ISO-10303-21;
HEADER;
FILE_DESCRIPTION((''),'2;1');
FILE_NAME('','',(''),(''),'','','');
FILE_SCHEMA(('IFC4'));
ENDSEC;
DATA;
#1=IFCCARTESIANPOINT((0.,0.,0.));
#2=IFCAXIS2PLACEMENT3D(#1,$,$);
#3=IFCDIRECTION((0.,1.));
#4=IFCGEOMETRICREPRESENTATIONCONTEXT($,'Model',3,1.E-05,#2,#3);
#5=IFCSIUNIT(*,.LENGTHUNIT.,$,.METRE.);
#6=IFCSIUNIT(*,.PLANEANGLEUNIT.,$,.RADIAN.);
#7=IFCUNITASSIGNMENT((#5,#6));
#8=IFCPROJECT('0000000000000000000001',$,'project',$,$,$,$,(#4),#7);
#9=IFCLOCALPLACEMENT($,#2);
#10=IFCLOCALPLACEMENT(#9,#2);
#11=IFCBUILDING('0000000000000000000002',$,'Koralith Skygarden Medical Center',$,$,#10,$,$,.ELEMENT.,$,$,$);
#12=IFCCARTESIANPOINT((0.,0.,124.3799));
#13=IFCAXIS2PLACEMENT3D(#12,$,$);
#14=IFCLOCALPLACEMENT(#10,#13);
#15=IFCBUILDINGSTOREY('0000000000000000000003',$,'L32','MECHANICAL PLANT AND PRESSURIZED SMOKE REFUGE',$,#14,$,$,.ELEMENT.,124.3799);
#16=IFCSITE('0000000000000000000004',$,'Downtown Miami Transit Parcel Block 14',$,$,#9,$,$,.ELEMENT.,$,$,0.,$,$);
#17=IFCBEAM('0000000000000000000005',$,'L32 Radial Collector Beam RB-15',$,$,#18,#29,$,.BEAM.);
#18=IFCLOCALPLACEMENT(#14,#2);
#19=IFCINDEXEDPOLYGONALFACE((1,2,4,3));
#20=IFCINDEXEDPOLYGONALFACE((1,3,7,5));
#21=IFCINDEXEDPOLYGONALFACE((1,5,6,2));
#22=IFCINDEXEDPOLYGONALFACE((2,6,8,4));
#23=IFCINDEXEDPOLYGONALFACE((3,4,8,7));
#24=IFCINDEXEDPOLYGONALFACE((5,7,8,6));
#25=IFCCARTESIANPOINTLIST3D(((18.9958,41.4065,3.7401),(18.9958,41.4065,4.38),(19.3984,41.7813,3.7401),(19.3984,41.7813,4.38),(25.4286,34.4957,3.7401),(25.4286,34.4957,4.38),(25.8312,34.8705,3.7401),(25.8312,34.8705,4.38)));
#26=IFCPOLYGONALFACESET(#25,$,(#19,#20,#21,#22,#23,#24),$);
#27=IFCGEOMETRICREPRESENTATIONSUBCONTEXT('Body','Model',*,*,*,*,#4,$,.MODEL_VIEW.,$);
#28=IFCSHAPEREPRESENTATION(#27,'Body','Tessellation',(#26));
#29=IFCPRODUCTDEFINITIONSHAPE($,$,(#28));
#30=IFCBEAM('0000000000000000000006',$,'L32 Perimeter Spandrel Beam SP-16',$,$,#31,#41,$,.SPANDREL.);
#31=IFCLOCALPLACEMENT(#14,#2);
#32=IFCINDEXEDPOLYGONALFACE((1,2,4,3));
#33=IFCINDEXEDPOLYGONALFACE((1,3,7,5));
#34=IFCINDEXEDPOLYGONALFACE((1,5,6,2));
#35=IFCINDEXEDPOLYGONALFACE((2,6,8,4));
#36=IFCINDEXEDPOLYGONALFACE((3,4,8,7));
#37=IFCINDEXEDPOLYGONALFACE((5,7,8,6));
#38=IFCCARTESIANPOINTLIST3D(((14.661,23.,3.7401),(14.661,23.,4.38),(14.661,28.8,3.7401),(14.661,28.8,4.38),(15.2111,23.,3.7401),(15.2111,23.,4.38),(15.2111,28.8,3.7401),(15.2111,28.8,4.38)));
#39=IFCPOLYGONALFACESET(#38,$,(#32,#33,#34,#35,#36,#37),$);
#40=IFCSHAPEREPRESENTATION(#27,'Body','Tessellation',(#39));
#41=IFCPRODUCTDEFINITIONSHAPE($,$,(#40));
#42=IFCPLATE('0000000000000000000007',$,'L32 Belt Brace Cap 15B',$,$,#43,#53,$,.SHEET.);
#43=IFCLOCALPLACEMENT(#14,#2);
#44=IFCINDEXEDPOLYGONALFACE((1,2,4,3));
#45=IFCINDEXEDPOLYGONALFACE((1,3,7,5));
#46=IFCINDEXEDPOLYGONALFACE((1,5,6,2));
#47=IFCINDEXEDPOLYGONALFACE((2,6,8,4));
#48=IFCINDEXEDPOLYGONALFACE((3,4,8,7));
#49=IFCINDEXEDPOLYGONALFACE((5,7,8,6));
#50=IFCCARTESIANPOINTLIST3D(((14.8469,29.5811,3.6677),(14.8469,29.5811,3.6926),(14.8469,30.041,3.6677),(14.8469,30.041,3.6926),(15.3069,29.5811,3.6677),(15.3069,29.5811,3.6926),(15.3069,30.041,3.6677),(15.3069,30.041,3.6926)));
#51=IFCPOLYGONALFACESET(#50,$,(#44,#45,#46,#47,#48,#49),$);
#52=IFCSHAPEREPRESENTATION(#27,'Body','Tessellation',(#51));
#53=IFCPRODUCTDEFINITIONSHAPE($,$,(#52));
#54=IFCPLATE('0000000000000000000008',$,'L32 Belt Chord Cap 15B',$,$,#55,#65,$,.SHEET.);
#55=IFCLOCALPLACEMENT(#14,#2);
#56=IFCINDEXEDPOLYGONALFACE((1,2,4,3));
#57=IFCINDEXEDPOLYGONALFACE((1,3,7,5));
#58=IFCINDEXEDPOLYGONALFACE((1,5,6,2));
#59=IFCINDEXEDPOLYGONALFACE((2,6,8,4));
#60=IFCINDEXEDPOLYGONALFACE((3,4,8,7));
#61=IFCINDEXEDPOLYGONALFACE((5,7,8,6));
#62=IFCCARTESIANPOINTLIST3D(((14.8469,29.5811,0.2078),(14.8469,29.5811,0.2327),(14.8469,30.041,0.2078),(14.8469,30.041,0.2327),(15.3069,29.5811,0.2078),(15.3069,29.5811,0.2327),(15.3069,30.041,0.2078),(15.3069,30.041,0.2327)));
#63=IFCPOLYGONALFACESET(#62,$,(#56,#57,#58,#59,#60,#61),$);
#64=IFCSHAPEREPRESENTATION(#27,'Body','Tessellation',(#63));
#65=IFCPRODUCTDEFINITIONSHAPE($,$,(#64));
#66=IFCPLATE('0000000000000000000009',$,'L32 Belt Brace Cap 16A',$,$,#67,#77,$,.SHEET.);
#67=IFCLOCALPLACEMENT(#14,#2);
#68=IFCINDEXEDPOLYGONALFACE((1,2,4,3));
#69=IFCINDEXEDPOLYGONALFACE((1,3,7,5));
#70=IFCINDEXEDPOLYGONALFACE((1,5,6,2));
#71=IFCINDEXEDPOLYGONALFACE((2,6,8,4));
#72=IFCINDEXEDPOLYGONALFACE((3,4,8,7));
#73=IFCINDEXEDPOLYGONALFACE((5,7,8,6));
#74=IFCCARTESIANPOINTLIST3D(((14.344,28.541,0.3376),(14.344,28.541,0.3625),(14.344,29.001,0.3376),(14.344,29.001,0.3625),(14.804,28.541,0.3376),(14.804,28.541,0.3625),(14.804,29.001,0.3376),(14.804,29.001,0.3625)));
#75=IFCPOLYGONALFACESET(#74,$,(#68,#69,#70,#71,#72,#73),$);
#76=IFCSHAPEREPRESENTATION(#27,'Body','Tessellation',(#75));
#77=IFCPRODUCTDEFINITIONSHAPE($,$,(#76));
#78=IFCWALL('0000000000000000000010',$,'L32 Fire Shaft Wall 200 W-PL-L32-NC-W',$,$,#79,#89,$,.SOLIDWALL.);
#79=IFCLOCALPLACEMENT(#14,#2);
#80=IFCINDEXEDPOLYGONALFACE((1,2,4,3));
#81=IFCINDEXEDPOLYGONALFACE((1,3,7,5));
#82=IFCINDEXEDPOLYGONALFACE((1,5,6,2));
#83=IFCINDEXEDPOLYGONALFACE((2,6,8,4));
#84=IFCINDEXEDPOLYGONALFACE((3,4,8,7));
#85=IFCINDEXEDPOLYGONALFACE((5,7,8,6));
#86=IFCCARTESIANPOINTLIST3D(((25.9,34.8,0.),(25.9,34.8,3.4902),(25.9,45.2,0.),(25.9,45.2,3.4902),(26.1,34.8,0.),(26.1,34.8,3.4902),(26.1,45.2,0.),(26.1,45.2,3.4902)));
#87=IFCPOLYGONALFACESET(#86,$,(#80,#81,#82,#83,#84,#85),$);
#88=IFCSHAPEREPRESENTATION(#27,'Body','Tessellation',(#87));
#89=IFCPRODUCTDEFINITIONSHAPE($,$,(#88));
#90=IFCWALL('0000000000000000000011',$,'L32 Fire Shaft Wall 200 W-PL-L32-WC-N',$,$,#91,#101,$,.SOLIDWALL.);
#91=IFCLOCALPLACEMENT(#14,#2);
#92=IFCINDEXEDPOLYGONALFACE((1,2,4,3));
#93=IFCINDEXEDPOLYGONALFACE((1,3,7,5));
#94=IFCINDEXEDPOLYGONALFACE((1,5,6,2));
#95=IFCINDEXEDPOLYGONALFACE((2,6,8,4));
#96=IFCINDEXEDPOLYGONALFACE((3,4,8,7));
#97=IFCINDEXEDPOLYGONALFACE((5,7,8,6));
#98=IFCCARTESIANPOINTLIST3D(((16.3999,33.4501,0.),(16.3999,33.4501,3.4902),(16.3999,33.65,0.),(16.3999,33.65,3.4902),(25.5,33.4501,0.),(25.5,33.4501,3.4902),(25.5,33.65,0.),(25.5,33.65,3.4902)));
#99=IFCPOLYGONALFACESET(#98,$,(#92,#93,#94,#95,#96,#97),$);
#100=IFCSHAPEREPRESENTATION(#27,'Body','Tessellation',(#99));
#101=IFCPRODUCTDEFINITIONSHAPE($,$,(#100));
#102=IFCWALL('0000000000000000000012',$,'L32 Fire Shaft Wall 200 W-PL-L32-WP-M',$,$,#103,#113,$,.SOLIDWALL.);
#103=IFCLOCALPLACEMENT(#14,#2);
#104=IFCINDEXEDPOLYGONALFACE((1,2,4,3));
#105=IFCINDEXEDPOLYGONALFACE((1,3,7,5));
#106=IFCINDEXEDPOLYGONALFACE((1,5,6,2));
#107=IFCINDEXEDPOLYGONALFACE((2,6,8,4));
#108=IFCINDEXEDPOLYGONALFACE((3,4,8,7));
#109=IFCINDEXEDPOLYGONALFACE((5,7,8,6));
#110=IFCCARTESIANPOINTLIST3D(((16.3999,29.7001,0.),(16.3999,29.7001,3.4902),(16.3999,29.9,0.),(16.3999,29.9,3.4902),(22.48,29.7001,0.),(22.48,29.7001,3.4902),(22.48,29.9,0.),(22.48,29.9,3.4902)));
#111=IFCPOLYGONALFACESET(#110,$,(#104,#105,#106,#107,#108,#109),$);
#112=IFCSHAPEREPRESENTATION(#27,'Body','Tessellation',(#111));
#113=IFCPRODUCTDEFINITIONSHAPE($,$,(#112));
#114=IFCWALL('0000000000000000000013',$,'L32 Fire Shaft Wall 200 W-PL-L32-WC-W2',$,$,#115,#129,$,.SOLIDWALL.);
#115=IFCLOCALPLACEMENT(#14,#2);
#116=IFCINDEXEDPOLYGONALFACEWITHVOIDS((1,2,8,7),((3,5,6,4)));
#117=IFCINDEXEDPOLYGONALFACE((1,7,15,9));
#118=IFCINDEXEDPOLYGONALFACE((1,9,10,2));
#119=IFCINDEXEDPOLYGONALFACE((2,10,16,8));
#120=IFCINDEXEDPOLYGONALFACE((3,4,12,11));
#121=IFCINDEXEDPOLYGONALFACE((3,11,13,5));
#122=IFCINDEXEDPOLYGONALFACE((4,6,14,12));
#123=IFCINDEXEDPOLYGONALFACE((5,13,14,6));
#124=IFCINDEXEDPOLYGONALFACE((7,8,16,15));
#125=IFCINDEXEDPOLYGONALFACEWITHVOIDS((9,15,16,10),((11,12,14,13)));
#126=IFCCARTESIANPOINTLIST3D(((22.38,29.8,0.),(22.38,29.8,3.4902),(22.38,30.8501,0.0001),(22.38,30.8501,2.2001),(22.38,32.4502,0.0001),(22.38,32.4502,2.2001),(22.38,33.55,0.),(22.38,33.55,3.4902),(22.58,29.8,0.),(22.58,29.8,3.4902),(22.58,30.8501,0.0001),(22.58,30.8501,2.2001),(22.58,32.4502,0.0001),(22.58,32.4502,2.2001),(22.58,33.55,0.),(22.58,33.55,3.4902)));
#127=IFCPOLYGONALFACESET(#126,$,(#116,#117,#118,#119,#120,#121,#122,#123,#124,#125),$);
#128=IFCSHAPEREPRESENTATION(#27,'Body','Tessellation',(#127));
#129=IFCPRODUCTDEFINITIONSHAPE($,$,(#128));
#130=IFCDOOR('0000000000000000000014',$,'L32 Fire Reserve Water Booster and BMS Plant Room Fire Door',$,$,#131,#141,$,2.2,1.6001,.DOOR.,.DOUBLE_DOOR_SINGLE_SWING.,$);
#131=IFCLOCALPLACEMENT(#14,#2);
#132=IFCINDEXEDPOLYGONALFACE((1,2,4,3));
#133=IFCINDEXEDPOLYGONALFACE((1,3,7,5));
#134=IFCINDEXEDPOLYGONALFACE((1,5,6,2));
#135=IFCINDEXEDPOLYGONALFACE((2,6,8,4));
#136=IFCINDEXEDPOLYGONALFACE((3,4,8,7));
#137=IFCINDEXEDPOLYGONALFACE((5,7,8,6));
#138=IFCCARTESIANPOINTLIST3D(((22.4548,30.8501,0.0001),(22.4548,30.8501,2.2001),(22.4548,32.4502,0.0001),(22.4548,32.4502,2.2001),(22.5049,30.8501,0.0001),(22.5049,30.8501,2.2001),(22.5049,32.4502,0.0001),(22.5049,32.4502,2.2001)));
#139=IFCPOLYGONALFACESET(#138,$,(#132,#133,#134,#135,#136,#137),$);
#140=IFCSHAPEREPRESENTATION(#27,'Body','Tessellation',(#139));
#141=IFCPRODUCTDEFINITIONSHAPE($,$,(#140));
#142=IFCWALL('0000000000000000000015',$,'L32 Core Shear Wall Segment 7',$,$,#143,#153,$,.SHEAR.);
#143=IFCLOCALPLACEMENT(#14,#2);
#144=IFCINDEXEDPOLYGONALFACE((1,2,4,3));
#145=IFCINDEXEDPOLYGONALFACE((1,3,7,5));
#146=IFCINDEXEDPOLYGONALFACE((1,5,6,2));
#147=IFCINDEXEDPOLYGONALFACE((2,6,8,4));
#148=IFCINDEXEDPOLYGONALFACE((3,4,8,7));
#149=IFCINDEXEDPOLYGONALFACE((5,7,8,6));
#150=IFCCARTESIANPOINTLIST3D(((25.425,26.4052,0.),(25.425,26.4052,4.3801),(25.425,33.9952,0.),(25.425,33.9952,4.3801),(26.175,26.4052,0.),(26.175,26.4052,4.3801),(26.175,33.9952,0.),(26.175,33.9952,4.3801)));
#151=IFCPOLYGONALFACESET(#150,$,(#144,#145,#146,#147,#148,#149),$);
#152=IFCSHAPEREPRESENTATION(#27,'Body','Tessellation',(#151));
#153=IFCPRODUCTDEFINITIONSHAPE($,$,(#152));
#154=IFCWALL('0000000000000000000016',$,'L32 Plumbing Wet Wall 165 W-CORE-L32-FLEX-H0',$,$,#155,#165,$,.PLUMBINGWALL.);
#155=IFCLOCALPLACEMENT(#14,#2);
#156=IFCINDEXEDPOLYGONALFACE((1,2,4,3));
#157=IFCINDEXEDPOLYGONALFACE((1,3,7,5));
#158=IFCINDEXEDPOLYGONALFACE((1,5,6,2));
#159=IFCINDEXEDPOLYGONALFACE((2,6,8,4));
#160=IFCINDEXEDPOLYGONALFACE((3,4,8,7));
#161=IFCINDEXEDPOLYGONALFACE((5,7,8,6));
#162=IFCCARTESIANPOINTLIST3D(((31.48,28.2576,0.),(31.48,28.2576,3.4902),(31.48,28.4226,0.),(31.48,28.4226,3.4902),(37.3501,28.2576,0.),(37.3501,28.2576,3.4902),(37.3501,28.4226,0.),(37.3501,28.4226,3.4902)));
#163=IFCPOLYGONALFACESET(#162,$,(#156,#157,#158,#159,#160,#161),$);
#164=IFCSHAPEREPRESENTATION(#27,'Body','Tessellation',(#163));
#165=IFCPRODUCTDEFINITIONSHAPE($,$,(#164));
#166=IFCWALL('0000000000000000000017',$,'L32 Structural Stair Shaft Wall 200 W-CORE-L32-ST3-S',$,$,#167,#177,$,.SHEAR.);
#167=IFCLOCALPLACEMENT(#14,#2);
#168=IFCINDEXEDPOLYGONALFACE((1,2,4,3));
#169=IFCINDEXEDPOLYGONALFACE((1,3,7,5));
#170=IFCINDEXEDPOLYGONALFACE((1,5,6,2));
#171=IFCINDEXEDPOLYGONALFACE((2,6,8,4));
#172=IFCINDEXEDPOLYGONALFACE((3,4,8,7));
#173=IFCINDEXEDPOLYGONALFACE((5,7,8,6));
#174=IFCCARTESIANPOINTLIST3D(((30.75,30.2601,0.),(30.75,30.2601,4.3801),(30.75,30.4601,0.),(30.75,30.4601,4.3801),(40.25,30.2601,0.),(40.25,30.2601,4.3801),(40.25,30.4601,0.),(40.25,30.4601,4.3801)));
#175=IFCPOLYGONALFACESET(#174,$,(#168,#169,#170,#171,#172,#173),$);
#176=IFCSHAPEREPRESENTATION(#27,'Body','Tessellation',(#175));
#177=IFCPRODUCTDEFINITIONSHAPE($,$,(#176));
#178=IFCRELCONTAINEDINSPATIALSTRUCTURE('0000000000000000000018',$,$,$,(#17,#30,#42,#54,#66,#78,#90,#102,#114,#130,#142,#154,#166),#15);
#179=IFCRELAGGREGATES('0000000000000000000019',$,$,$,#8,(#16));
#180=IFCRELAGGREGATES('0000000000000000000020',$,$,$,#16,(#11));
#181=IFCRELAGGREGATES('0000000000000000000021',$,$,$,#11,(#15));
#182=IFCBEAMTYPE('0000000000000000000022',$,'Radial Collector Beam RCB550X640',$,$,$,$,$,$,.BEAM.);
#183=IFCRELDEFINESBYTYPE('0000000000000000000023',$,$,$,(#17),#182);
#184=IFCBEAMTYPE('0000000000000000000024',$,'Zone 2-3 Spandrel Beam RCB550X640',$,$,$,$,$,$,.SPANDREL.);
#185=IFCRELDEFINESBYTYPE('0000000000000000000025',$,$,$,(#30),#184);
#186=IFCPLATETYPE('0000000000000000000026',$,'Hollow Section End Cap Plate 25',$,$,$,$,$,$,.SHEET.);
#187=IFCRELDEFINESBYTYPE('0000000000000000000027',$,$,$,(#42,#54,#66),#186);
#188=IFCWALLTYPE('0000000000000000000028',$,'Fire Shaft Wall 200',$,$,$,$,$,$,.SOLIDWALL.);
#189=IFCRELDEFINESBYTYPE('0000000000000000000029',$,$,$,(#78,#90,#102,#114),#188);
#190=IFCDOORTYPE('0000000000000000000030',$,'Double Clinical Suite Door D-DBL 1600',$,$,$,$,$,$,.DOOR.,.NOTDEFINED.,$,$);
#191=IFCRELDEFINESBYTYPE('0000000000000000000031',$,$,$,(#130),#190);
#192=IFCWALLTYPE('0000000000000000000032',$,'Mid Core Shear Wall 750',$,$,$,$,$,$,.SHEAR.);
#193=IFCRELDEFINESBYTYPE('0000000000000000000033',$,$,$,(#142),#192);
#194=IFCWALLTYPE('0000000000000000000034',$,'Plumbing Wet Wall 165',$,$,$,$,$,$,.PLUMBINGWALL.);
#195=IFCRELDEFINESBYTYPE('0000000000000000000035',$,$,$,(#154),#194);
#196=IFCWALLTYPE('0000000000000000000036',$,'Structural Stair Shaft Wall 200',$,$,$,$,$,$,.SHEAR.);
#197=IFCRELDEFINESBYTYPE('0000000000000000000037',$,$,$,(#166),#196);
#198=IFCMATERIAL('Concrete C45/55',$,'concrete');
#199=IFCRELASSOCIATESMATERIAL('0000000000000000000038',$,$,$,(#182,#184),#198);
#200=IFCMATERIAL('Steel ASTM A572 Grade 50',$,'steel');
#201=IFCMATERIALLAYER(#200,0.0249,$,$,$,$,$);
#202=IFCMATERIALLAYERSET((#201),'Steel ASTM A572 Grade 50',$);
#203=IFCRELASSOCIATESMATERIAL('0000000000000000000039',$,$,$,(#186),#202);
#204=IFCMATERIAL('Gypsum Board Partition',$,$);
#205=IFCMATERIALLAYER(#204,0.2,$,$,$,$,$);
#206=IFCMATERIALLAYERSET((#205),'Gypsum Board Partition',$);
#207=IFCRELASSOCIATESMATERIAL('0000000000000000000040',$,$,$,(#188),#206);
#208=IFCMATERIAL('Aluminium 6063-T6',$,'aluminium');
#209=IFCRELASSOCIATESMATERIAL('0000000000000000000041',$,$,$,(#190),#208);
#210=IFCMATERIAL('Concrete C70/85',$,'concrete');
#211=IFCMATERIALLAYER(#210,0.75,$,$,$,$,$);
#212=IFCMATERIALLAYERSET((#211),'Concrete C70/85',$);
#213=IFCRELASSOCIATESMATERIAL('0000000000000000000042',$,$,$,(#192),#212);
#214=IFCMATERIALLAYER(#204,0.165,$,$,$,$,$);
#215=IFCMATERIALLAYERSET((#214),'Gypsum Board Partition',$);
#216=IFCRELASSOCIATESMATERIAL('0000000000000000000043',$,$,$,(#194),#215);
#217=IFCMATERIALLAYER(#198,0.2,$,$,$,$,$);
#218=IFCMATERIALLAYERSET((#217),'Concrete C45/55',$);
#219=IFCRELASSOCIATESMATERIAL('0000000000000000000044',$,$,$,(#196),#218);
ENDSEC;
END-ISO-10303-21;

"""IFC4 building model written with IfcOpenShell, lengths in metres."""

from ifc_helpers import new_model, si_unit, direction, frame, frame_2d, origin, origin_2d, place, context, subcontext, project, spatial, rectangle, extrude, material, layer, layer_set, material_profile, profile_set, type_object, element, fill, save


model = new_model("IFC4")

# Units and contexts
model_context = context("Model", 3, precision=1e-05, world=origin(), true_north=direction((0.0, 1.0)))
body_context = subcontext(model_context, "Body", "Model", "MODEL_VIEW")
ifc_project = project(units=[si_unit("LENGTHUNIT", "METRE"), si_unit("PLANEANGLEUNIT", "RADIAN")], contexts=[model_context])

# Site, building, storey
site_placement = place(None, origin())
site = spatial("IfcSite", under=ifc_project, at=site_placement, Name="Downtown Miami Transit Parcel Block 14", CompositionType="ELEMENT", RefElevation=0.0)
building_placement = place(site_placement, origin())
building = spatial("IfcBuilding", under=site, at=building_placement, Name="Koralith Skygarden Medical Center", CompositionType="ELEMENT")
storey_placement = place(building_placement, frame((0.0, 0.0, 124.3799)))
storey = spatial("IfcBuildingStorey", under=building, at=storey_placement, Name="L32", Description="MECHANICAL PLANT AND PRESSURIZED SMOKE REFUGE", CompositionType="ELEMENT", Elevation=124.3799)

# Shared definitions
ifc_material_1 = material(Name="Concrete C70/85", Category="concrete")

# Beams
ifc_material_2 = material(Name="Concrete C45/55", Category="concrete")
ifc_material_profile_1 = material_profile(ifc_material_2, rectangle(XDim=0.55, YDim=0.6399, at=origin_2d()), Name="RCB550X640")
ifc_profile_set_1 = profile_set([ifc_material_profile_1], Name="Concrete C45/55")
beam_type_1 = type_object("IfcBeamType", Name="Radial Collector Beam RCB550X640", PredefinedType="BEAM", material=ifc_profile_set_1)
beam_1_placement = place(storey_placement, frame((25.6299, 34.6831, 4.0601), z_axis=(-0.681338, 0.731969, 0.0), x_axis=(-0.731969, -0.681338, 0.0)))
element("IfcBeam", 1, at=beam_1_placement, inside=storey, type_object=beam_type_1, Name="L32 Radial Collector Beam RB-15", PredefinedType="BEAM", context=body_context, shape_type="SweptSolid", body=[
    extrude(rectangle(XDim=0.55, YDim=0.6399, at=origin_2d()), origin(), (0.0, 0.0, 1.0), 9.4414),
])
ifc_material_profile_2 = material_profile(ifc_material_2, rectangle(XDim=0.55, YDim=0.6399, at=origin_2d()), Name="RCB550X640")
ifc_profile_set_2 = profile_set([ifc_material_profile_2], Name="Concrete C45/55")
beam_type_2 = type_object("IfcBeamType", Name="Zone 2-3 Spandrel Beam RCB550X640", PredefinedType="SPANDREL", material=ifc_profile_set_2)
beam_2_placement = place(storey_placement, frame((14.936, 28.8, 4.0601), z_axis=(0.0, -1.0, 0.0), x_axis=(1.0, 0.0, 0.0)))
element("IfcBeam", 2, at=beam_2_placement, inside=storey, type_object=beam_type_2, Name="L32 Perimeter Spandrel Beam SP-16", PredefinedType="SPANDREL", context=body_context, shape_type="SweptSolid", body=[
    extrude(rectangle(XDim=0.55, YDim=0.6399, at=origin_2d()), origin(), (0.0, 0.0, 1.0), 5.8),
])

# Plates
ifc_material_3 = material(Name="Steel ASTM A572 Grade 50", Category="steel")
ifc_layer_1 = layer(ifc_material_3, 0.0249)
ifc_layer_set_1 = layer_set([ifc_layer_1], Name="Steel ASTM A572 Grade 50")
plate_type = type_object("IfcPlateType", Name="Hollow Section End Cap Plate 25", PredefinedType="SHEET", material=ifc_layer_set_1)
for number, where, z_axis, x_axis, name in (
    (3, (15.0769, 29.811, 3.6677), (0.0, 0.0, 1.0), (1.0, 0.0, 0.0), "L32 Belt Brace Cap 15B"),
    (4, (15.0769, 29.811, 0.2078), (0.0, 0.0, 1.0), (1.0, 0.0, 0.0), "L32 Belt Chord Cap 15B"),
    (5, (14.574, 28.771, 0.3376), (0.0, 0.0, 1.0), (1.0, 0.0, 0.0), "L32 Belt Brace Cap 16A"),
):
    element("IfcPlate", number, at=place(storey_placement, frame(where, z_axis=z_axis, x_axis=x_axis)), inside=storey, type_object=plate_type, Name=name, PredefinedType="SHEET", context=body_context, shape_type="SweptSolid", body=[
        extrude(rectangle(XDim=0.46, YDim=0.46, at=origin_2d()), origin(), (0.0, 0.0, 1.0), 0.0249),
    ])

# Walls
ifc_material_4 = material(Name="Gypsum Board Partition")
ifc_layer_2 = layer(ifc_material_4, 0.2)
ifc_layer_set_2 = layer_set([ifc_layer_2], Name="Gypsum Board Partition")
wall_type_1 = type_object("IfcWallType", Name="Fire Shaft Wall 200", PredefinedType="SOLIDWALL", material=ifc_layer_set_2)
wall_1_placement = place(storey_placement, frame((26.0, 34.8, 0.0), z_axis=(0.0, 0.0, 1.0), x_axis=(0.0, 1.0, 0.0)))
element("IfcWall", 6, at=wall_1_placement, inside=storey, type_object=wall_type_1, Name="L32 Fire Shaft Wall 200 W-PL-L32-NC-W", PredefinedType="SOLIDWALL", context=body_context, shape_type="SweptSolid", body=[
    extrude(rectangle(XDim=10.3999, YDim=0.2, at=frame_2d((5.2, 0.0))), origin(), (0.0, 0.0, 1.0), 3.4902),
])
wall_2_placement = place(storey_placement, frame((16.3999, 33.55, 0.0), z_axis=(0.0, 0.0, 1.0), x_axis=(1.0, 0.0, 0.0)))
element("IfcWall", 7, at=wall_2_placement, inside=storey, type_object=wall_type_1, Name="L32 Fire Shaft Wall 200 W-PL-L32-WC-N", PredefinedType="SOLIDWALL", context=body_context, shape_type="SweptSolid", body=[
    extrude(rectangle(XDim=9.1001, YDim=0.2, at=frame_2d((4.55, 0.0))), origin(), (0.0, 0.0, 1.0), 3.4902),
])
wall_3_placement = place(storey_placement, frame((16.3999, 29.8, 0.0), z_axis=(0.0, 0.0, 1.0), x_axis=(1.0, 0.0, 0.0)))
element("IfcWall", 8, at=wall_3_placement, inside=storey, type_object=wall_type_1, Name="L32 Fire Shaft Wall 200 W-PL-L32-WP-M", PredefinedType="SOLIDWALL", context=body_context, shape_type="SweptSolid", body=[
    extrude(rectangle(XDim=6.0801, YDim=0.2, at=frame_2d((3.04, 0.0))), origin(), (0.0, 0.0, 1.0), 3.4902),
])

# Wall, opening, door
wall_4_placement = place(storey_placement, frame((22.48, 29.8, 0.0), z_axis=(0.0, 0.0, 1.0), x_axis=(0.0, 1.0, 0.0)))
wall_4 = element("IfcWall", 9, at=wall_4_placement, inside=storey, type_object=wall_type_1, Name="L32 Fire Shaft Wall 200 W-PL-L32-WC-W2", PredefinedType="SOLIDWALL", context=body_context, shape_type="SweptSolid", body=[
    extrude(rectangle(XDim=3.75, YDim=0.2, at=frame_2d((1.875, 0.0))), origin(), (0.0, 0.0, 1.0), 3.4902),
])
opening_placement = place(wall_4_placement, frame((1.05, 0.0, 0.0)))
opening = element("IfcOpeningElement", 10, at=opening_placement, cuts=wall_4, PredefinedType="OPENING", context=body_context, shape_type="SweptSolid", body=[
    extrude(rectangle(XDim=1.6001, YDim=2.2, at=frame_2d((0.8, 1.1001))), frame((0.0, 0.1099, 0.0), z_axis=(0.0, -1.0, 0.0), x_axis=(1.0, 0.0, 0.0)), (0.0, 0.0, 1.0), 0.22),
])
ifc_material_5 = material(Name="Aluminium 6063-T6", Category="aluminium")
door_type = type_object("IfcDoorType", Name="Double Clinical Suite Door D-DBL 1600", OperationType="NOTDEFINED", PredefinedType="DOOR", material=ifc_material_5)
door_placement = place(opening_placement, frame((1.6001, 0.0, 0.0), z_axis=(0.0, 0.0, 1.0), x_axis=(-1.0, 0.0, 0.0)))
door = element("IfcDoor", 11, at=door_placement, inside=storey, type_object=door_type, Name="L32 Fire Reserve Water Booster and BMS Plant Room Fire Door", OperationType="DOUBLE_DOOR_SINGLE_SWING", OverallHeight=2.2, OverallWidth=1.6001, PredefinedType="DOOR", context=body_context, shape_type="SweptSolid", body=[
    extrude(rectangle(XDim=1.6001, YDim=2.2, at=frame_2d((0.8, 1.1001))), frame((0.0, 0.0249, 0.0), z_axis=(0.0, -1.0, 0.0), x_axis=(1.0, 0.0, 0.0)), (0.0, 0.0, 1.0), 0.05),
])
fill(opening, door)

# Walls
ifc_layer_3 = layer(ifc_material_1, 0.75)
ifc_layer_set_3 = layer_set([ifc_layer_3], Name="Concrete C70/85")
wall_type_2 = type_object("IfcWallType", Name="Mid Core Shear Wall 750", PredefinedType="SHEAR", material=ifc_layer_set_3)
wall_5_placement = place(storey_placement, frame((25.8, 33.9951, 0.0), z_axis=(0.0, 0.0, 1.0), x_axis=(0.0, -1.0, 0.0)))
element("IfcWall", 12, at=wall_5_placement, inside=storey, type_object=wall_type_2, Name="L32 Core Shear Wall Segment 7", PredefinedType="SHEAR", context=body_context, shape_type="SweptSolid", body=[
    extrude(rectangle(XDim=7.5901, YDim=0.75, at=frame_2d((3.7949, 0.0))), origin(), (0.0, 0.0, 1.0), 4.3801),
])
ifc_layer_4 = layer(ifc_material_4, 0.165)
ifc_layer_set_4 = layer_set([ifc_layer_4], Name="Gypsum Board Partition")
wall_type_3 = type_object("IfcWallType", Name="Plumbing Wet Wall 165", PredefinedType="PLUMBINGWALL", material=ifc_layer_set_4)
wall_6_placement = place(storey_placement, frame((31.48, 28.3401, 0.0), z_axis=(0.0, 0.0, 1.0), x_axis=(1.0, 0.0, 0.0)))
element("IfcWall", 13, at=wall_6_placement, inside=storey, type_object=wall_type_3, Name="L32 Plumbing Wet Wall 165 W-CORE-L32-FLEX-H0", PredefinedType="PLUMBINGWALL", context=body_context, shape_type="SweptSolid", body=[
    extrude(rectangle(XDim=5.8701, YDim=0.165, at=frame_2d((2.9351, 0.0))), origin(), (0.0, 0.0, 1.0), 3.4902),
])
ifc_layer_5 = layer(ifc_material_2, 0.2)
ifc_layer_set_5 = layer_set([ifc_layer_5], Name="Concrete C45/55")
wall_type_4 = type_object("IfcWallType", Name="Structural Stair Shaft Wall 200", PredefinedType="SHEAR", material=ifc_layer_set_5)
wall_7_placement = place(storey_placement, frame((30.75, 30.3601, 0.0), z_axis=(0.0, 0.0, 1.0), x_axis=(1.0, 0.0, 0.0)))
element("IfcWall", 14, at=wall_7_placement, inside=storey, type_object=wall_type_4, Name="L32 Structural Stair Shaft Wall 200 W-CORE-L32-ST3-S", PredefinedType="SHEAR", context=body_context, shape_type="SweptSolid", body=[
    extrude(rectangle(XDim=9.5, YDim=0.2, at=frame_2d((4.75, 0.0))), origin(), (0.0, 0.0, 1.0), 4.3801),
])

save(model, "model.ifc")
